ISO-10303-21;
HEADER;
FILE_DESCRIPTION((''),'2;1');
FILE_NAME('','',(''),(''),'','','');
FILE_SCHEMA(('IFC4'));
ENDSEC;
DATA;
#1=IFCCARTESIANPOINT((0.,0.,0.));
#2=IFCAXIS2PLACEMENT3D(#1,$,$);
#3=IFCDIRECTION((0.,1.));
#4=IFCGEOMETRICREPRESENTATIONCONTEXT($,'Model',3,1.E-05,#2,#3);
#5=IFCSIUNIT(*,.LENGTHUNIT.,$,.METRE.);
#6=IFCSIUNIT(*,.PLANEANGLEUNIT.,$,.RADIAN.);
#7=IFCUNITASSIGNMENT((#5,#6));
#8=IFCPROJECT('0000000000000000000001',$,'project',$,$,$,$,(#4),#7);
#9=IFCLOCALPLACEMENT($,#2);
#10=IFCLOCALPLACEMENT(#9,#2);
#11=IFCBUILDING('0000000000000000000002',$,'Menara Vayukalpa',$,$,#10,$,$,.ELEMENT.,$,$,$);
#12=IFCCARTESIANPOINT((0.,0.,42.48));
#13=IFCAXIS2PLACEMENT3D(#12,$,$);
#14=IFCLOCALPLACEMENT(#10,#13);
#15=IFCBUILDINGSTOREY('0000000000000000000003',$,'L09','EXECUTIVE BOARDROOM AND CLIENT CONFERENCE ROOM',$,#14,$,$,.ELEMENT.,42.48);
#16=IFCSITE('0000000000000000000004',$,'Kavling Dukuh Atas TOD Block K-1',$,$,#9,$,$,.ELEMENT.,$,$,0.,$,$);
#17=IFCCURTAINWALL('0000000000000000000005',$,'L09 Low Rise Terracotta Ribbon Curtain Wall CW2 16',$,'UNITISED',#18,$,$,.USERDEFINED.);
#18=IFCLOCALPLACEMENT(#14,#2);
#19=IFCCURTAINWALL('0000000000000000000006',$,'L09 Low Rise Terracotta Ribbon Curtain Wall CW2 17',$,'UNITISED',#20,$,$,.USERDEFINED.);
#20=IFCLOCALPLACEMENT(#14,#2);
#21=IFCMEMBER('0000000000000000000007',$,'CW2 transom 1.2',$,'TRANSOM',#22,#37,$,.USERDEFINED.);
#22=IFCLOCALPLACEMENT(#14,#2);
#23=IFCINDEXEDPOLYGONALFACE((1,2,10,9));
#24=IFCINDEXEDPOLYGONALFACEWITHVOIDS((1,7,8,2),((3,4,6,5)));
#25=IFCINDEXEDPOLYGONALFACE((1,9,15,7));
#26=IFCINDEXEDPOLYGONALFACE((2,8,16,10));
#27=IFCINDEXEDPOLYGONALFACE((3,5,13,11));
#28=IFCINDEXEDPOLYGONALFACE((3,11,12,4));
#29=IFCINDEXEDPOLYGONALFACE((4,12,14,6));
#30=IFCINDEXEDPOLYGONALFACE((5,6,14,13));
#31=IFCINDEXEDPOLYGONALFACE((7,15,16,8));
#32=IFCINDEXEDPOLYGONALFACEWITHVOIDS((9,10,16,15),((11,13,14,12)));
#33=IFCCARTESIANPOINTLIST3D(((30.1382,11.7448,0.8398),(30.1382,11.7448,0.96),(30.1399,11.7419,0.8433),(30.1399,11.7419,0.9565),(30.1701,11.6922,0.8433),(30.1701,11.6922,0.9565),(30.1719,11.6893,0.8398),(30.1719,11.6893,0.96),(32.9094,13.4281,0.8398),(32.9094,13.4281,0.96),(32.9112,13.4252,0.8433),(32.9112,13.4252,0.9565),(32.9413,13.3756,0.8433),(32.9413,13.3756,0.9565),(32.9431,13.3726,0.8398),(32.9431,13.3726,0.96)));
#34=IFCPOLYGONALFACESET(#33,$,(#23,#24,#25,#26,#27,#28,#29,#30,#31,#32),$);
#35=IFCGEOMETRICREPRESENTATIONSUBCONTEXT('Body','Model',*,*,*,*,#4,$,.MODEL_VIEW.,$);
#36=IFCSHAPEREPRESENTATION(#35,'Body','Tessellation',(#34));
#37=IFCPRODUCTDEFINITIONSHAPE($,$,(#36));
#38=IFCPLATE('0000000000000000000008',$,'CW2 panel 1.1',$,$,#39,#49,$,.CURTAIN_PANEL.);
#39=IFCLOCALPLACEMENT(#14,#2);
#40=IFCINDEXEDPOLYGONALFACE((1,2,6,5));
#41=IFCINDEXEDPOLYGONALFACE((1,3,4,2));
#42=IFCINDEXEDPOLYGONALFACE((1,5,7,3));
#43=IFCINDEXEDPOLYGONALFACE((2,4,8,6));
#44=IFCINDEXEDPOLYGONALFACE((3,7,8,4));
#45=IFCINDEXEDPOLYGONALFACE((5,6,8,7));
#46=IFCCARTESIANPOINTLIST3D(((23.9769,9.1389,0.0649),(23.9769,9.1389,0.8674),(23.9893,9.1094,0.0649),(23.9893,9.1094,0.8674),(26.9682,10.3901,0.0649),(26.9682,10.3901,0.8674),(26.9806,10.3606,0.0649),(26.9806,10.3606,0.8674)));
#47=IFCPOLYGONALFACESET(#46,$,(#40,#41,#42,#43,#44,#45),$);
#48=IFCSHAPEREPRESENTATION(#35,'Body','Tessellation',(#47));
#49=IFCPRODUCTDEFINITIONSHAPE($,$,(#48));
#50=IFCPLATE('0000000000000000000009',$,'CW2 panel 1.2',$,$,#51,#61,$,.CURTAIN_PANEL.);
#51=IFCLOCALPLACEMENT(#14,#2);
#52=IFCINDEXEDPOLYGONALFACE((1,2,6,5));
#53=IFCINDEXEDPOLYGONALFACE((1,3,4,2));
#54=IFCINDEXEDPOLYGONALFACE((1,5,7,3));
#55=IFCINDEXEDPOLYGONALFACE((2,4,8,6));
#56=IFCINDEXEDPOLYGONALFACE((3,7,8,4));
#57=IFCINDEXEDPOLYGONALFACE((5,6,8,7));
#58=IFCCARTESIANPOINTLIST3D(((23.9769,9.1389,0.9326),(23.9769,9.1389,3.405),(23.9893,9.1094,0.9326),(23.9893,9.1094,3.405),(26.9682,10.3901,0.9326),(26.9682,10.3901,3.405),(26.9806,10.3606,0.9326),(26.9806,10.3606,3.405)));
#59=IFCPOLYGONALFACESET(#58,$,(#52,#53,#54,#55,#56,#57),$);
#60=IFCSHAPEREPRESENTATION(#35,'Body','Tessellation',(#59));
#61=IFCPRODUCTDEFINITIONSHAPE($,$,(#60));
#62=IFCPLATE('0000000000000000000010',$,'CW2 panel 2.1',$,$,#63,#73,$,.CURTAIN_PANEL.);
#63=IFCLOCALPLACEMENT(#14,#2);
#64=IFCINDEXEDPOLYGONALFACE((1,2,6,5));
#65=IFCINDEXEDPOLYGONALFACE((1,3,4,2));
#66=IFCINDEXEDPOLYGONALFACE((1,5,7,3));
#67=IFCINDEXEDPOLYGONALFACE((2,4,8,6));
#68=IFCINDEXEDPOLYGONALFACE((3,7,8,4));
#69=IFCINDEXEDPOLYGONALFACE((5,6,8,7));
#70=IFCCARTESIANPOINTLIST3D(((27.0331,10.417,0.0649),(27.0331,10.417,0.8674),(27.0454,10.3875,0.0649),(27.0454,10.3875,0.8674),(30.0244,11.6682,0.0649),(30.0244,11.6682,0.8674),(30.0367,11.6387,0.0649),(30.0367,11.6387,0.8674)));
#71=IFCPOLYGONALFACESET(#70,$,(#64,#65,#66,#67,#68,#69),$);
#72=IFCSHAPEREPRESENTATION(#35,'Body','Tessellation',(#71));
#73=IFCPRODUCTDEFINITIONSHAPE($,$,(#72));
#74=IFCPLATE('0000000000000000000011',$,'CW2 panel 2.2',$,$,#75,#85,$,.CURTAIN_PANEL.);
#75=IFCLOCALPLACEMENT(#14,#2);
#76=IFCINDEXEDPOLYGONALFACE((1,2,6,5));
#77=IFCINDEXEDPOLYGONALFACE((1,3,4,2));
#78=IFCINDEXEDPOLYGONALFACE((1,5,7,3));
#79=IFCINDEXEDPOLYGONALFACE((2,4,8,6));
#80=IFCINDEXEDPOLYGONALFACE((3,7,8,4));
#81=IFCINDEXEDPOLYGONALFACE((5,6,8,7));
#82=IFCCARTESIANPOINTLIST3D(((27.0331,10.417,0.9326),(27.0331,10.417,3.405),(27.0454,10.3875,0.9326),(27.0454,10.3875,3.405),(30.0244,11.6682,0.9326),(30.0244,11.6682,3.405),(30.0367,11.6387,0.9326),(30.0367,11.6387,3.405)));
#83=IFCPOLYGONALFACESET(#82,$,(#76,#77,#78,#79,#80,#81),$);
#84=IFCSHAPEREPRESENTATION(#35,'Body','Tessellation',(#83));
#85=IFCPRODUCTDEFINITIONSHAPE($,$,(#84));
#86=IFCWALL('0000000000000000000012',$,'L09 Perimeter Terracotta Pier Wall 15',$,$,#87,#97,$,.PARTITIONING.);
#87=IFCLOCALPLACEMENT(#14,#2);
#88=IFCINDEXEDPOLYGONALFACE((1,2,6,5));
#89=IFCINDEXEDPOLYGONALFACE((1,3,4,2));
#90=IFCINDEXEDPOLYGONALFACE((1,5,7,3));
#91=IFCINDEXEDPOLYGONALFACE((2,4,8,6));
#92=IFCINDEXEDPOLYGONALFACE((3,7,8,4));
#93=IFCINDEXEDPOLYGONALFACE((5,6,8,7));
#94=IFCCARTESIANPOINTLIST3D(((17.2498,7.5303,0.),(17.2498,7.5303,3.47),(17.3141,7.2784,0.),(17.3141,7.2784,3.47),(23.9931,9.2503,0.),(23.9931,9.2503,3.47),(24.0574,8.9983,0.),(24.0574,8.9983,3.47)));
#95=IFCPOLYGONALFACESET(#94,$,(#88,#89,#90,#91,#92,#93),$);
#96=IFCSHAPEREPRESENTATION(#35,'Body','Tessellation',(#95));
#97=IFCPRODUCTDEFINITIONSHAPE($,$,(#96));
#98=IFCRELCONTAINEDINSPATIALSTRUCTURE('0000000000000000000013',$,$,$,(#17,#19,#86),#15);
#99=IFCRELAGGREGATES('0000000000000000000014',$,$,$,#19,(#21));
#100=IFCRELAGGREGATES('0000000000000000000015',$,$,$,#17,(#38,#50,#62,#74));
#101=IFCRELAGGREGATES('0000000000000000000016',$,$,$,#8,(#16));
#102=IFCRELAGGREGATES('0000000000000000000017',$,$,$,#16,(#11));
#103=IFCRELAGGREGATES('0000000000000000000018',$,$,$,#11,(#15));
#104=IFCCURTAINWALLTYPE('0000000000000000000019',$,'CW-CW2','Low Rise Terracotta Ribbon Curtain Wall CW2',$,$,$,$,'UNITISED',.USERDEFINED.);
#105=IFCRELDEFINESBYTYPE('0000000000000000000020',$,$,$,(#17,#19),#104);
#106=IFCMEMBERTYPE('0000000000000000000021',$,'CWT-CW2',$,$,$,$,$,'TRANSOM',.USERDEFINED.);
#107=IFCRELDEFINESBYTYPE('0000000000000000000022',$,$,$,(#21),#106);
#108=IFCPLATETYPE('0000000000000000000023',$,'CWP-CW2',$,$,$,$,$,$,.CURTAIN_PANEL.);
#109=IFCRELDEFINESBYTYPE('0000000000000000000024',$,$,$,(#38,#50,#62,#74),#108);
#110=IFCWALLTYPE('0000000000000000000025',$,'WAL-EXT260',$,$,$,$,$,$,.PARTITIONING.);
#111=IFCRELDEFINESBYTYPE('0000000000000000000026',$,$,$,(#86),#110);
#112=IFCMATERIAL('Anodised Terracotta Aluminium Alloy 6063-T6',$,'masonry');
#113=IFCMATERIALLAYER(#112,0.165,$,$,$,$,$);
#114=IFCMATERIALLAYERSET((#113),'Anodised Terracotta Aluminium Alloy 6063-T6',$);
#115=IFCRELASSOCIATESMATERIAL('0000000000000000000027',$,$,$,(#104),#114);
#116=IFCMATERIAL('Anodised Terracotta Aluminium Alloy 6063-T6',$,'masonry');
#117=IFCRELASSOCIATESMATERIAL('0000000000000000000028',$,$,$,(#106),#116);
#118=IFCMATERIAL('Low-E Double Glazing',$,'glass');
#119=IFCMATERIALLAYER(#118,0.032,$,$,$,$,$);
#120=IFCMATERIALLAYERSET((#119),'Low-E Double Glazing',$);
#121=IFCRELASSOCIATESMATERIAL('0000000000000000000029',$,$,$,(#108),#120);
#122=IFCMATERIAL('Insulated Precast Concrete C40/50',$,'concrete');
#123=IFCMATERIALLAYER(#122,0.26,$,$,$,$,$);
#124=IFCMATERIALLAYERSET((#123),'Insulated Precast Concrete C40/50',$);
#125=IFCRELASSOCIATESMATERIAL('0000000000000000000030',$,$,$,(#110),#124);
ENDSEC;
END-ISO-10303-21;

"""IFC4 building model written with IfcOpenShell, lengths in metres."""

from ifc_helpers import new_model, si_unit, direction, frame, frame_2d, origin, origin_2d, place, context, subcontext, project, spatial, rectangle, hollow_rectangle, extrude, material, layer, layer_set, material_profile, profile_set, type_object, element, aggregate, save


model = new_model("IFC4")

# Units and contexts
model_context = context("Model", 3, precision=1e-05, world=origin(), true_north=direction((0.0, 1.0)))
body_context = subcontext(model_context, "Body", "Model", "MODEL_VIEW")
ifc_project = project(units=[si_unit("LENGTHUNIT", "METRE"), si_unit("PLANEANGLEUNIT", "RADIAN")], contexts=[model_context])

# Site, building, storey
site_placement = place(None, origin())
site = spatial("IfcSite", under=ifc_project, at=site_placement, Name="Kavling Dukuh Atas TOD Block K-1", CompositionType="ELEMENT", RefElevation=0.0)
building_placement = place(site_placement, origin())
building = spatial("IfcBuilding", under=site, at=building_placement, Name="Menara Vayukalpa", CompositionType="ELEMENT")
storey_placement = place(building_placement, frame((0.0, 0.0, 42.48)))
storey = spatial("IfcBuildingStorey", under=building, at=storey_placement, Name="L09", Description="EXECUTIVE BOARDROOM AND CLIENT CONFERENCE ROOM", CompositionType="ELEMENT", Elevation=42.48)

# Curtain wall
ifc_material_1 = material(Name="Anodised Terracotta Aluminium Alloy 6063-T6", Category="masonry")
ifc_layer_1 = layer(ifc_material_1, 0.165)
ifc_layer_set_1 = layer_set([ifc_layer_1], Name="Anodised Terracotta Aluminium Alloy 6063-T6")
curtain_wall_type = type_object("IfcCurtainWallType", Name="CW-CW2", Description="Low Rise Terracotta Ribbon Curtain Wall CW2", ElementType="UNITISED", PredefinedType="USERDEFINED", material=ifc_layer_set_1)
curtain_wall_1_placement = place(storey_placement, origin())
curtain_wall_1 = element("IfcCurtainWall", 1, at=curtain_wall_1_placement, inside=storey, type_object=curtain_wall_type, Name="L09 Low Rise Terracotta Ribbon Curtain Wall CW2 16", ObjectType="UNITISED", PredefinedType="USERDEFINED")

# Curtain wall
curtain_wall_2_placement = place(storey_placement, origin())
curtain_wall_2 = element("IfcCurtainWall", 2, at=curtain_wall_2_placement, inside=storey, type_object=curtain_wall_type, Name="L09 Low Rise Terracotta Ribbon Curtain Wall CW2 17", ObjectType="UNITISED", PredefinedType="USERDEFINED")

# Member
ifc_material_2 = material(Name="Anodised Terracotta Aluminium Alloy 6063-T6", Category="masonry")
ifc_material_profile_1 = material_profile(ifc_material_2, hollow_rectangle(XDim=0.0649, YDim=0.1201, WallThickness=0.0034, at=origin_2d()), Name="ALU 65x120x3.5")
ifc_profile_set_1 = profile_set([ifc_material_profile_1], Name="Anodised Terracotta Aluminium Alloy 6063-T6")
member_type_1 = type_object("IfcMemberType", Name="CWT-CW2", ElementType="TRANSOM", PredefinedType="USERDEFINED", material=ifc_profile_set_1)
member_1_placement = place(storey_placement, frame((30.155, 11.717, 0.8999), z_axis=(0.854677, 0.519161, 0.0), x_axis=(-0.519161, 0.854677, 0.0)))
member_1 = element("IfcMember", 3, at=member_1_placement, type_object=member_type_1, Name="CW2 transom 1.2", ObjectType="TRANSOM", PredefinedType="USERDEFINED", context=body_context, shape_type="SweptSolid", body=[
    extrude(hollow_rectangle(XDim=0.0649, YDim=0.1201, WallThickness=0.0034, at=origin_2d()), origin(), (0.0, 0.0, 1.0), 3.2424),
])
aggregate(curtain_wall_2, [member_1])

# Plates
ifc_material_3 = material(Name="Low-E Double Glazing", Category="glass")
ifc_layer_2 = layer(ifc_material_3, 0.032)
ifc_layer_set_2 = layer_set([ifc_layer_2], Name="Low-E Double Glazing")
plate_type = type_object("IfcPlateType", Name="CWP-CW2", PredefinedType="CURTAIN_PANEL", material=ifc_layer_set_2)
plate_1_placement = place(storey_placement, frame((25.4788, 9.7498, 0.0649), z_axis=(0.0, 0.0, 1.0), x_axis=(0.922543, 0.385895, 0.0)))
plate_1 = element("IfcPlate", 4, at=plate_1_placement, type_object=plate_type, Name="CW2 panel 1.1", PredefinedType="CURTAIN_PANEL", context=body_context, shape_type="SweptSolid", body=[
    extrude(rectangle(XDim=3.2424, YDim=0.032, at=origin_2d()), origin(), (0.0, 0.0, 1.0), 0.8025),
])
plate_2_placement = place(storey_placement, frame((25.4788, 9.7498, 0.9326), z_axis=(0.0, 0.0, 1.0), x_axis=(0.922543, 0.385895, 0.0)))
plate_2 = element("IfcPlate", 5, at=plate_2_placement, type_object=plate_type, Name="CW2 panel 1.2", PredefinedType="CURTAIN_PANEL", context=body_context, shape_type="SweptSolid", body=[
    extrude(rectangle(XDim=3.2424, YDim=0.032, at=origin_2d()), origin(), (0.0, 0.0, 1.0), 2.4724),
])
plate_3_placement = place(storey_placement, frame((28.5349, 11.0278, 0.0649), z_axis=(0.0, 0.0, 1.0), x_axis=(0.922543, 0.385895, 0.0)))
plate_3 = element("IfcPlate", 6, at=plate_3_placement, type_object=plate_type, Name="CW2 panel 2.1", PredefinedType="CURTAIN_PANEL", context=body_context, shape_type="SweptSolid", body=[
    extrude(rectangle(XDim=3.2424, YDim=0.032, at=origin_2d()), origin(), (0.0, 0.0, 1.0), 0.8025),
])
plate_4_placement = place(storey_placement, frame((28.5349, 11.0278, 0.9326), z_axis=(0.0, 0.0, 1.0), x_axis=(0.922543, 0.385895, 0.0)))
plate_4 = element("IfcPlate", 7, at=plate_4_placement, type_object=plate_type, Name="CW2 panel 2.2", PredefinedType="CURTAIN_PANEL", context=body_context, shape_type="SweptSolid", body=[
    extrude(rectangle(XDim=3.2424, YDim=0.032, at=origin_2d()), origin(), (0.0, 0.0, 1.0), 2.4724),
])
aggregate(curtain_wall_1, [plate_1, plate_2, plate_3, plate_4])

# Wall
ifc_material_4 = material(Name="Insulated Precast Concrete C40/50", Category="concrete")
ifc_layer_3 = layer(ifc_material_4, 0.26)
ifc_layer_set_3 = layer_set([ifc_layer_3], Name="Insulated Precast Concrete C40/50")
wall_type = type_object("IfcWallType", Name="WAL-EXT260", PredefinedType="PARTITIONING", material=ifc_layer_set_3)
wall_placement = place(storey_placement, frame((24.0251, 9.1243, 0.0), z_axis=(0.0, 0.0, 1.0), x_axis=(-0.968978, -0.247147, 0.0)))
element("IfcWall", 8, at=wall_placement, inside=storey, type_object=wall_type, Name="L09 Perimeter Terracotta Pier Wall 15", PredefinedType="PARTITIONING", context=body_context, shape_type="SweptSolid", body=[
    extrude(rectangle(XDim=6.9592, YDim=0.26, at=frame_2d((3.4795, 0.0))), origin(), (0.0, 0.0, 1.0), 3.47),
])

save(model, "model.ifc")
